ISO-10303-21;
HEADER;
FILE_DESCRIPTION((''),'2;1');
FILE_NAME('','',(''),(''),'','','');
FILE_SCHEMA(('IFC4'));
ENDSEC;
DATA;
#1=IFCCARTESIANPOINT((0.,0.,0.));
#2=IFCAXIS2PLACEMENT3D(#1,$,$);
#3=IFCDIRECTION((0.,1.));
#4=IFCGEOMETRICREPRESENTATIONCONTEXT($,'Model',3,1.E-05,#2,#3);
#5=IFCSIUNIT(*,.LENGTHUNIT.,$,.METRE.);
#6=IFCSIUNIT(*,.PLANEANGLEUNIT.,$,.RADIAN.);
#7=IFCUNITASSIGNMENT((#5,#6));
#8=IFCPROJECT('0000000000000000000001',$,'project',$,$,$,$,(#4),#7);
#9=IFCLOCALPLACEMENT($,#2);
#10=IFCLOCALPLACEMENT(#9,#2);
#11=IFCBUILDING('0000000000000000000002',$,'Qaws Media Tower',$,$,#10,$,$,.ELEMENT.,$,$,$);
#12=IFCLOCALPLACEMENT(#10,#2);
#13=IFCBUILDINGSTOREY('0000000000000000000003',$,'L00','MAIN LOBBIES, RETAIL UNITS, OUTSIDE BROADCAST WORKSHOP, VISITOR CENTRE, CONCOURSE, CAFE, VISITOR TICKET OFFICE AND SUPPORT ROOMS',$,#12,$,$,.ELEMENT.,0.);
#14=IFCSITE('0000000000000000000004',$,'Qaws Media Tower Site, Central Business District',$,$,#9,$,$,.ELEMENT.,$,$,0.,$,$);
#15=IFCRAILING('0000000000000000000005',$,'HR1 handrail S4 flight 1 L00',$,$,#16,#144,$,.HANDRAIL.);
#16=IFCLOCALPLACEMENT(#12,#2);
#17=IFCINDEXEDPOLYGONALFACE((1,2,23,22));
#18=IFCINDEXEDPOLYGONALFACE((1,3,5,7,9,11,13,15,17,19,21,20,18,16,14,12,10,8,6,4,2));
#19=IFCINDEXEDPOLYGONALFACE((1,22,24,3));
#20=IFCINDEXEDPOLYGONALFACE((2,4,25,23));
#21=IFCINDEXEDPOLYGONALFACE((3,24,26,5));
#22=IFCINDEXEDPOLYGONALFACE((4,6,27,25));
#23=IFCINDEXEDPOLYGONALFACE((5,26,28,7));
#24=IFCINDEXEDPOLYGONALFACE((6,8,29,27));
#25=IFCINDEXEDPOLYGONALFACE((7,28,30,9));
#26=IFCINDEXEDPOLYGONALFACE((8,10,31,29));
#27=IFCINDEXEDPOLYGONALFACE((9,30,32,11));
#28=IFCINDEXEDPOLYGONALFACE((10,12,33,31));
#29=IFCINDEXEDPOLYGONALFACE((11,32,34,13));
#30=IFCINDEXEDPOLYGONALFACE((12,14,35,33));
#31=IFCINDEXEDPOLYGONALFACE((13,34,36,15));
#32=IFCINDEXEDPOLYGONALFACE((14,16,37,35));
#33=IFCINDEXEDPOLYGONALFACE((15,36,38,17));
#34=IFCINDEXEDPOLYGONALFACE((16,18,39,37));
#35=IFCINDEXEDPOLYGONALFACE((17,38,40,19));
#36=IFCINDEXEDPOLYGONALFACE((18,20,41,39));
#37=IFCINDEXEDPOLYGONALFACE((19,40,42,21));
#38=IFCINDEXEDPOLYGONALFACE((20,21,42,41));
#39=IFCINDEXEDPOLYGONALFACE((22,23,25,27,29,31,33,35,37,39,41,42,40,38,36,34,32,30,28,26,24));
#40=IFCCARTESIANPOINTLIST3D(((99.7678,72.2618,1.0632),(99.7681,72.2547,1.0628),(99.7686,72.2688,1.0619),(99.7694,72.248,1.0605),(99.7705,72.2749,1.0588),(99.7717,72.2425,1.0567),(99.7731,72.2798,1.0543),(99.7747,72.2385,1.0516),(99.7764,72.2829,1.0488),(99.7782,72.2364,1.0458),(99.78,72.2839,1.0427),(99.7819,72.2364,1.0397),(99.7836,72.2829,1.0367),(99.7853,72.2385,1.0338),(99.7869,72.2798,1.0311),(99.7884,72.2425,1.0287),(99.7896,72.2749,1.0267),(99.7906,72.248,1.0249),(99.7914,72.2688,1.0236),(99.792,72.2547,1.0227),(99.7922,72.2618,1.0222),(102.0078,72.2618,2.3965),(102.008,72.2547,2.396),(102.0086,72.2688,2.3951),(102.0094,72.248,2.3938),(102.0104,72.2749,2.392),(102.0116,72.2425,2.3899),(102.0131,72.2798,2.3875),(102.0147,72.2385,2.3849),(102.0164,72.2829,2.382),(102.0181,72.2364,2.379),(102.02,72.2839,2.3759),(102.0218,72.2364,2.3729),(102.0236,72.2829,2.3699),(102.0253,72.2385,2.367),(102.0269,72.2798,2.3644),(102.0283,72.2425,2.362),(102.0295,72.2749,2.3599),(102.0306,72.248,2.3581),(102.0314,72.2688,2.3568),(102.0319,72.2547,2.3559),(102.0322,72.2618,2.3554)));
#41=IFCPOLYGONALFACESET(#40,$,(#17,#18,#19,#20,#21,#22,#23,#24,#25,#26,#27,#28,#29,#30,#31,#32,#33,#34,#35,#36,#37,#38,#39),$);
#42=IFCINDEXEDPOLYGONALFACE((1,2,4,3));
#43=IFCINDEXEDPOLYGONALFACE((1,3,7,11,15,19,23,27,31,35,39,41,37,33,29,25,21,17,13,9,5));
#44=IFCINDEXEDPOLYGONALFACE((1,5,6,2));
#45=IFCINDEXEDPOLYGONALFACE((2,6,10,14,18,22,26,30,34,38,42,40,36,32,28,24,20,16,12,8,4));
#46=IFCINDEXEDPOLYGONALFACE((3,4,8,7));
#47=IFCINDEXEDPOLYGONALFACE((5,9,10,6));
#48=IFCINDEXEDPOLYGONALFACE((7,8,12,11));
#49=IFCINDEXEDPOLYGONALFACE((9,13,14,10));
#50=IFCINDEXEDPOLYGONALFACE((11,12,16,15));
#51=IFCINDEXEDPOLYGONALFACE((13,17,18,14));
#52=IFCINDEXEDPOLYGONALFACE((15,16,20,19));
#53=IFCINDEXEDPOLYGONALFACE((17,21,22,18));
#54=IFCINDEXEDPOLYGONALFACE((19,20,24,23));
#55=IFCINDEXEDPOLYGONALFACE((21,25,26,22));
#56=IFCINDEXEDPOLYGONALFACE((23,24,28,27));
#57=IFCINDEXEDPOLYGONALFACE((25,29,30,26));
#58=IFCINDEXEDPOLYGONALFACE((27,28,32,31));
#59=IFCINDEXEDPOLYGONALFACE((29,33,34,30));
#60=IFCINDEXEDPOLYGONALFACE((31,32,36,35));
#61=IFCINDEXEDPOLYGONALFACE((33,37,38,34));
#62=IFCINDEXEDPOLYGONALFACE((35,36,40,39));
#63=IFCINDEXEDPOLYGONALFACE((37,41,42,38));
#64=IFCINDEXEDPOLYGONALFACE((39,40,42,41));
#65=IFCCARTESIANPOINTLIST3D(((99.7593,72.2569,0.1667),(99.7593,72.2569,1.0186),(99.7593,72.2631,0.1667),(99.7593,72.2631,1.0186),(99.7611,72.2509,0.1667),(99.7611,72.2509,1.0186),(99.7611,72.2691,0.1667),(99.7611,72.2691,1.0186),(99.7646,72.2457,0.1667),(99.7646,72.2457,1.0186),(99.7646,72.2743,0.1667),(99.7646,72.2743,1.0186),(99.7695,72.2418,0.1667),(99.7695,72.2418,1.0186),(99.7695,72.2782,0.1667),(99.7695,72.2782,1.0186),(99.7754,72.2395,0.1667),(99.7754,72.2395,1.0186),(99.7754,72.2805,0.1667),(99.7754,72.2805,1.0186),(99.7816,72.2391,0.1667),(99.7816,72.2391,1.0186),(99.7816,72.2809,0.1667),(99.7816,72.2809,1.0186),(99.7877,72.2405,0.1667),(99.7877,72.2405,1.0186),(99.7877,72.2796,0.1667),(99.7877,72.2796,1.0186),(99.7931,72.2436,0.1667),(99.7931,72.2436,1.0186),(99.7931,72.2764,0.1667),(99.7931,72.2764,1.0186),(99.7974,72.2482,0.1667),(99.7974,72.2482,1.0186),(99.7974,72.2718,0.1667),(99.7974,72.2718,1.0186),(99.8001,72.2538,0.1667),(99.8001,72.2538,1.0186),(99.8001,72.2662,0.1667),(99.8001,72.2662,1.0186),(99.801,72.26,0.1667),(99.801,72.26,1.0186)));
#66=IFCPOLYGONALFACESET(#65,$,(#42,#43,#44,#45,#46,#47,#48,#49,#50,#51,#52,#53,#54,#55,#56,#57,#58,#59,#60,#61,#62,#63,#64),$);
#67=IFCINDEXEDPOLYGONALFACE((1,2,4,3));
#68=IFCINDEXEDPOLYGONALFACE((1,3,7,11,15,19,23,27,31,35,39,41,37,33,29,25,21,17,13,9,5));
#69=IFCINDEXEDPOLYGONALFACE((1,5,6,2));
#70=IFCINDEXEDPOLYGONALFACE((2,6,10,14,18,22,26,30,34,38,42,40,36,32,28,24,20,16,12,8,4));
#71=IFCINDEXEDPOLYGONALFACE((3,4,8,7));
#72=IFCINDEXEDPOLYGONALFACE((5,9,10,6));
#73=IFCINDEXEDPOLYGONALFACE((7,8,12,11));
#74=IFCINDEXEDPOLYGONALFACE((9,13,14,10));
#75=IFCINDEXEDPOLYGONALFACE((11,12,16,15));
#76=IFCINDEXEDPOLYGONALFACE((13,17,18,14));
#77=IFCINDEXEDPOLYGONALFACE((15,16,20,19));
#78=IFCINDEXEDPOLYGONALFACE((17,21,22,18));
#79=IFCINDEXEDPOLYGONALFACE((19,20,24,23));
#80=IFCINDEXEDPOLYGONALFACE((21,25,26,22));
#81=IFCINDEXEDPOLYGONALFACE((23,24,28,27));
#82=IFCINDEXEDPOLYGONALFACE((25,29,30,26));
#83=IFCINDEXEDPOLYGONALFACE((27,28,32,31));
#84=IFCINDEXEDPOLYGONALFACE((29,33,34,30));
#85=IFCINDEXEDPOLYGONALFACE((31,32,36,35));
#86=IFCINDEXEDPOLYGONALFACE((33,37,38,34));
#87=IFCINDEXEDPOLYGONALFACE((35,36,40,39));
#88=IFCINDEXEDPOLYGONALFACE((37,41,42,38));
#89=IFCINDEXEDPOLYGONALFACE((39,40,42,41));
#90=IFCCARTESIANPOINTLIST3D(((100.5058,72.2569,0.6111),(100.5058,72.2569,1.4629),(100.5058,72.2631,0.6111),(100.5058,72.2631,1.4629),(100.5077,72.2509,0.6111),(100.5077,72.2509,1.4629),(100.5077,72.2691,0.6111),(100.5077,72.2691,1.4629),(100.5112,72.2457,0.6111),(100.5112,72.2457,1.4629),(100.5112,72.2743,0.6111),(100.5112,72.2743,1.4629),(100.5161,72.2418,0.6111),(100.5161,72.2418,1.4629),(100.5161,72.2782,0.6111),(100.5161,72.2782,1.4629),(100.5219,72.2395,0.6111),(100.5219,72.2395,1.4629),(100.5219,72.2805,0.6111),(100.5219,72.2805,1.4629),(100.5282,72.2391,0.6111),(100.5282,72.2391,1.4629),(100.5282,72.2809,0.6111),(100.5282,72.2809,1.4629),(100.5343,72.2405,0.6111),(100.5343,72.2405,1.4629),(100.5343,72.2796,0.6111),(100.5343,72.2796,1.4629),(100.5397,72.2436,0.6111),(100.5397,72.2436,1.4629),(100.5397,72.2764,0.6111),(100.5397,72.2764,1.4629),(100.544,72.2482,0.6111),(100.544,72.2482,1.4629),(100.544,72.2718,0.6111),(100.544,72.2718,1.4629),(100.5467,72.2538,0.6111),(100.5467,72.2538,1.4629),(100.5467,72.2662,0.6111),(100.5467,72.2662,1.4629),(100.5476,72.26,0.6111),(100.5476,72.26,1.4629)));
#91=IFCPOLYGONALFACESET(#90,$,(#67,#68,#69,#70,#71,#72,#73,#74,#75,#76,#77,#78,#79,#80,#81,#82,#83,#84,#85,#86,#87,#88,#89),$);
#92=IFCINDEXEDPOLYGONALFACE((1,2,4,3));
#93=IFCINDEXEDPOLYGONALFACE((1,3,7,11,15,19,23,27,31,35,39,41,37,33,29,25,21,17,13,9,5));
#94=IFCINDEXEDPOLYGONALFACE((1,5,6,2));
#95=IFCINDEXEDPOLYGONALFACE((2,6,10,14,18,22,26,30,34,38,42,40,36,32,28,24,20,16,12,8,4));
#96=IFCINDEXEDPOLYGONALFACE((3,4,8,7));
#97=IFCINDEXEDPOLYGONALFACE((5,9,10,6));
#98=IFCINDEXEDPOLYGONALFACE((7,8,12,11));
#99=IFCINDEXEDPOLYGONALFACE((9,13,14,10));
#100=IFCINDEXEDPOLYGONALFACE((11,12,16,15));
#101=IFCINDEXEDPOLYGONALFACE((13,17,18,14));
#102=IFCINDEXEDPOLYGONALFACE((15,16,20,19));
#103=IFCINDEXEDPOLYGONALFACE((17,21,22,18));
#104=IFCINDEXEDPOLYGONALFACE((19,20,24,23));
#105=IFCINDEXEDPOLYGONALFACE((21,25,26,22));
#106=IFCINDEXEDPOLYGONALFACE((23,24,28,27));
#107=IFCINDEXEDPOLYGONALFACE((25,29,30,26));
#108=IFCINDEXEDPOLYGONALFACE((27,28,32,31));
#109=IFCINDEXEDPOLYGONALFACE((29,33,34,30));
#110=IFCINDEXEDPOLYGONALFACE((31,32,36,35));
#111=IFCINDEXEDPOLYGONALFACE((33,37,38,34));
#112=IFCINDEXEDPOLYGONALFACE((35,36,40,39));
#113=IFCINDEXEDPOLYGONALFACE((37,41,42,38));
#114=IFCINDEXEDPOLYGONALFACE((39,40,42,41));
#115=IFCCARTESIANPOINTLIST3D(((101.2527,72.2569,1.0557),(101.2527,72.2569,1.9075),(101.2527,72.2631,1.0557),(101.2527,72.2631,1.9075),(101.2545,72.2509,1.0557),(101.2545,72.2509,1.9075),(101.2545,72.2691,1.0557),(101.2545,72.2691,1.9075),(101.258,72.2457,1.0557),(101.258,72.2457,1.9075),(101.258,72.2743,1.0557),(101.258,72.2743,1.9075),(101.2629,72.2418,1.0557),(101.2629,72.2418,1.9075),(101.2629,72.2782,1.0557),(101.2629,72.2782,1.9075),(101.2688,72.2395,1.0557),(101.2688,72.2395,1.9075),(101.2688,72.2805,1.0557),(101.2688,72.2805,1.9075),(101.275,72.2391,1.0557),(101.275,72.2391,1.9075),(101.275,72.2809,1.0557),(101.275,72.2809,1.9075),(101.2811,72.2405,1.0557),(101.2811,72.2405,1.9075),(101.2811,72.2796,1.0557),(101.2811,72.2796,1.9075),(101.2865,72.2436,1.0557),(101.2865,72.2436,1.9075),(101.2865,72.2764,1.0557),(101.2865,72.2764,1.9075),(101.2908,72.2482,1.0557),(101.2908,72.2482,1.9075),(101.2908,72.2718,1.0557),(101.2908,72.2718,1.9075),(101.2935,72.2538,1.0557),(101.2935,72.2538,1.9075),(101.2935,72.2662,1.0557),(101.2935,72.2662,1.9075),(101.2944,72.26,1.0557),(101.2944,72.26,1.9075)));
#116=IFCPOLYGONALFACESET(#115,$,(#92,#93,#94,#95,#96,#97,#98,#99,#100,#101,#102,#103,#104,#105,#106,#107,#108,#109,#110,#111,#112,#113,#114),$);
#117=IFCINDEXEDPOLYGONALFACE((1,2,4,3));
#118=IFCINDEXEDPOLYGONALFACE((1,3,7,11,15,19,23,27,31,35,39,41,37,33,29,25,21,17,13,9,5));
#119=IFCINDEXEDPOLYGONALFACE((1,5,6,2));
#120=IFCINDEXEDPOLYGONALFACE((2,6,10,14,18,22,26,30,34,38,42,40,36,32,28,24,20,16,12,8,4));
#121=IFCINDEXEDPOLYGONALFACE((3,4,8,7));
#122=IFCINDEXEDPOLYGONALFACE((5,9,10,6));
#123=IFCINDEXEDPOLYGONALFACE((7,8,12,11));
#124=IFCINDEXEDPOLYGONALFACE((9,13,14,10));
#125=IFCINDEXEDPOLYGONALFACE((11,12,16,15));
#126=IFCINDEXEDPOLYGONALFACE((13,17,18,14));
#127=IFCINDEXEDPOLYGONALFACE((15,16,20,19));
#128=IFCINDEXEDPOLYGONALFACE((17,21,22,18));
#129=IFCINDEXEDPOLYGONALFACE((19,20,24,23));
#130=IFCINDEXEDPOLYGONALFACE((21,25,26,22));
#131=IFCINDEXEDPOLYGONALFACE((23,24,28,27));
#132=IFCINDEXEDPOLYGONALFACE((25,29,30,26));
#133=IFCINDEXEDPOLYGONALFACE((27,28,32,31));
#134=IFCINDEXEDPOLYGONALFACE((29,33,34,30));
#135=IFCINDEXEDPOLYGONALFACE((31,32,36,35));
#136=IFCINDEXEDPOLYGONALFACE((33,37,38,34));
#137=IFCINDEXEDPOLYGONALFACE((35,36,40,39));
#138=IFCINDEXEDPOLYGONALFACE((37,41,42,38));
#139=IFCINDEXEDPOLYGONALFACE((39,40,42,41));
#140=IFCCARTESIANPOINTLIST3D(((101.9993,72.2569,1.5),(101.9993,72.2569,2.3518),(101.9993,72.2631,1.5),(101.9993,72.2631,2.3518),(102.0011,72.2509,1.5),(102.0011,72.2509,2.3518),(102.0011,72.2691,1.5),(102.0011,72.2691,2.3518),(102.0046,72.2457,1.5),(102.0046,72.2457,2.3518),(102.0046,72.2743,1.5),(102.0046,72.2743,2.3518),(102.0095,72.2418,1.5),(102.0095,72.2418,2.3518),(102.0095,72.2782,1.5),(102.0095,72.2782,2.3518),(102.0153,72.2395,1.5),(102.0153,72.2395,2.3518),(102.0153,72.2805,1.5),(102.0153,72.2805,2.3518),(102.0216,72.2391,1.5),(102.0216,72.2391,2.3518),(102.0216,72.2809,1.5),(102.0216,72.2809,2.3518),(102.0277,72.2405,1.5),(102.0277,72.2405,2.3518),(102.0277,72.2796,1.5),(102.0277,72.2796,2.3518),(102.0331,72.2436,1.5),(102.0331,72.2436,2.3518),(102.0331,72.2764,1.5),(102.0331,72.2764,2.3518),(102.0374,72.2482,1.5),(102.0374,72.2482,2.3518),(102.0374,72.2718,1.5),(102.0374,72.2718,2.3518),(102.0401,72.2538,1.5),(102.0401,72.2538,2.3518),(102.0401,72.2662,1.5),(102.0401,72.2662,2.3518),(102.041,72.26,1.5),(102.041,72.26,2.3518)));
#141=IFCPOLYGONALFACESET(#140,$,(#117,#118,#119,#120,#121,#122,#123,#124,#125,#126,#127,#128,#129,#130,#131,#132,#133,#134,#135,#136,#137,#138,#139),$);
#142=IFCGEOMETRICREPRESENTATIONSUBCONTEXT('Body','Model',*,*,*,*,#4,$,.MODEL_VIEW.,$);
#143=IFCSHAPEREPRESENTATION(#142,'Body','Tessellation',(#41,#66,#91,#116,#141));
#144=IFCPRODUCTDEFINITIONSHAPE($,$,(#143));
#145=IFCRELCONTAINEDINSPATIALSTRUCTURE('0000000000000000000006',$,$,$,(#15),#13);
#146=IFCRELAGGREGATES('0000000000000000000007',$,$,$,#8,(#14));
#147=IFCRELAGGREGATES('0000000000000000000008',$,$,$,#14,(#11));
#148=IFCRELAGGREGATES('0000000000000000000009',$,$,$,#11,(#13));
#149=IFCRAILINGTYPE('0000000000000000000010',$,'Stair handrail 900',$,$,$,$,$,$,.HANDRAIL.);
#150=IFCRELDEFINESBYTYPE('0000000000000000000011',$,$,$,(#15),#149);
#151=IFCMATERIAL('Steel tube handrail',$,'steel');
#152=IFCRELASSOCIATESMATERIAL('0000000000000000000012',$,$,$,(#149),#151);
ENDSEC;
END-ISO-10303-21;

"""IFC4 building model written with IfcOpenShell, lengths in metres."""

from ifc_helpers import new_model, si_unit, direction, frame, origin, origin_2d, place, context, subcontext, project, spatial, circle, extrude, material, type_object, element, save


model = new_model("IFC4")

# Units and contexts
model_context = context("Model", 3, precision=1e-05, world=origin(), true_north=direction((0.0, 1.0)))
body_context = subcontext(model_context, "Body", "Model", "MODEL_VIEW")
ifc_project = project(units=[si_unit("LENGTHUNIT", "METRE"), si_unit("PLANEANGLEUNIT", "RADIAN")], contexts=[model_context])

# Site, building, storey
site_placement = place(None, origin())
site = spatial("IfcSite", under=ifc_project, at=site_placement, Name="Qaws Media Tower Site, Central Business District", CompositionType="ELEMENT", RefElevation=0.0)
building_placement = place(site_placement, origin())
building = spatial("IfcBuilding", under=site, at=building_placement, Name="Qaws Media Tower", CompositionType="ELEMENT")
storey_placement = place(building_placement, origin())
storey = spatial("IfcBuildingStorey", under=building, at=storey_placement, Name="L00", Description="MAIN LOBBIES, RETAIL UNITS, OUTSIDE BROADCAST WORKSHOP, VISITOR CENTRE, CONCOURSE, CAFE, VISITOR TICKET OFFICE AND SUPPORT ROOMS", CompositionType="ELEMENT", Elevation=0.0)

# Railing
ifc_material_1 = material(Name="Steel tube handrail", Category="steel")
railing_type = type_object("IfcRailingType", Name="Stair handrail 900", PredefinedType="HANDRAIL", material=ifc_material_1)
for number, where, name in (
    (1, (99.78, 72.26, 0.1667), "HR1 handrail S4 flight 1 L00"),
):
    element("IfcRailing", number, at=place(storey_placement, frame(where)), inside=storey, type_object=railing_type, Name=name, PredefinedType="HANDRAIL", context=body_context, shape_type="SweptSolid", body=[
        extrude(circle(Radius=0.0239, at=origin_2d()), frame((0.0, 0.0, 0.876), z_axis=(0.859306, 0.0, 0.511462), x_axis=(0.0, 1.0, 0.0)), (0.0, 0.0, 1.0), 2.6067),
        extrude(circle(Radius=0.021, at=origin_2d()), origin(), (0.0, 0.0, 1.0), 0.8518),
        extrude(circle(Radius=0.021, at=origin_2d()), frame((0.7466, 0.0, 0.4443)), (0.0, 0.0, 1.0), 0.8518),
        extrude(circle(Radius=0.021, at=origin_2d()), frame((1.4934, 0.0, 0.8889)), (0.0, 0.0, 1.0), 0.8518),
        extrude(circle(Radius=0.021, at=origin_2d()), frame((2.24, 0.0, 1.3333)), (0.0, 0.0, 1.0), 0.8518),
    ])

save(model, "model.ifc")
